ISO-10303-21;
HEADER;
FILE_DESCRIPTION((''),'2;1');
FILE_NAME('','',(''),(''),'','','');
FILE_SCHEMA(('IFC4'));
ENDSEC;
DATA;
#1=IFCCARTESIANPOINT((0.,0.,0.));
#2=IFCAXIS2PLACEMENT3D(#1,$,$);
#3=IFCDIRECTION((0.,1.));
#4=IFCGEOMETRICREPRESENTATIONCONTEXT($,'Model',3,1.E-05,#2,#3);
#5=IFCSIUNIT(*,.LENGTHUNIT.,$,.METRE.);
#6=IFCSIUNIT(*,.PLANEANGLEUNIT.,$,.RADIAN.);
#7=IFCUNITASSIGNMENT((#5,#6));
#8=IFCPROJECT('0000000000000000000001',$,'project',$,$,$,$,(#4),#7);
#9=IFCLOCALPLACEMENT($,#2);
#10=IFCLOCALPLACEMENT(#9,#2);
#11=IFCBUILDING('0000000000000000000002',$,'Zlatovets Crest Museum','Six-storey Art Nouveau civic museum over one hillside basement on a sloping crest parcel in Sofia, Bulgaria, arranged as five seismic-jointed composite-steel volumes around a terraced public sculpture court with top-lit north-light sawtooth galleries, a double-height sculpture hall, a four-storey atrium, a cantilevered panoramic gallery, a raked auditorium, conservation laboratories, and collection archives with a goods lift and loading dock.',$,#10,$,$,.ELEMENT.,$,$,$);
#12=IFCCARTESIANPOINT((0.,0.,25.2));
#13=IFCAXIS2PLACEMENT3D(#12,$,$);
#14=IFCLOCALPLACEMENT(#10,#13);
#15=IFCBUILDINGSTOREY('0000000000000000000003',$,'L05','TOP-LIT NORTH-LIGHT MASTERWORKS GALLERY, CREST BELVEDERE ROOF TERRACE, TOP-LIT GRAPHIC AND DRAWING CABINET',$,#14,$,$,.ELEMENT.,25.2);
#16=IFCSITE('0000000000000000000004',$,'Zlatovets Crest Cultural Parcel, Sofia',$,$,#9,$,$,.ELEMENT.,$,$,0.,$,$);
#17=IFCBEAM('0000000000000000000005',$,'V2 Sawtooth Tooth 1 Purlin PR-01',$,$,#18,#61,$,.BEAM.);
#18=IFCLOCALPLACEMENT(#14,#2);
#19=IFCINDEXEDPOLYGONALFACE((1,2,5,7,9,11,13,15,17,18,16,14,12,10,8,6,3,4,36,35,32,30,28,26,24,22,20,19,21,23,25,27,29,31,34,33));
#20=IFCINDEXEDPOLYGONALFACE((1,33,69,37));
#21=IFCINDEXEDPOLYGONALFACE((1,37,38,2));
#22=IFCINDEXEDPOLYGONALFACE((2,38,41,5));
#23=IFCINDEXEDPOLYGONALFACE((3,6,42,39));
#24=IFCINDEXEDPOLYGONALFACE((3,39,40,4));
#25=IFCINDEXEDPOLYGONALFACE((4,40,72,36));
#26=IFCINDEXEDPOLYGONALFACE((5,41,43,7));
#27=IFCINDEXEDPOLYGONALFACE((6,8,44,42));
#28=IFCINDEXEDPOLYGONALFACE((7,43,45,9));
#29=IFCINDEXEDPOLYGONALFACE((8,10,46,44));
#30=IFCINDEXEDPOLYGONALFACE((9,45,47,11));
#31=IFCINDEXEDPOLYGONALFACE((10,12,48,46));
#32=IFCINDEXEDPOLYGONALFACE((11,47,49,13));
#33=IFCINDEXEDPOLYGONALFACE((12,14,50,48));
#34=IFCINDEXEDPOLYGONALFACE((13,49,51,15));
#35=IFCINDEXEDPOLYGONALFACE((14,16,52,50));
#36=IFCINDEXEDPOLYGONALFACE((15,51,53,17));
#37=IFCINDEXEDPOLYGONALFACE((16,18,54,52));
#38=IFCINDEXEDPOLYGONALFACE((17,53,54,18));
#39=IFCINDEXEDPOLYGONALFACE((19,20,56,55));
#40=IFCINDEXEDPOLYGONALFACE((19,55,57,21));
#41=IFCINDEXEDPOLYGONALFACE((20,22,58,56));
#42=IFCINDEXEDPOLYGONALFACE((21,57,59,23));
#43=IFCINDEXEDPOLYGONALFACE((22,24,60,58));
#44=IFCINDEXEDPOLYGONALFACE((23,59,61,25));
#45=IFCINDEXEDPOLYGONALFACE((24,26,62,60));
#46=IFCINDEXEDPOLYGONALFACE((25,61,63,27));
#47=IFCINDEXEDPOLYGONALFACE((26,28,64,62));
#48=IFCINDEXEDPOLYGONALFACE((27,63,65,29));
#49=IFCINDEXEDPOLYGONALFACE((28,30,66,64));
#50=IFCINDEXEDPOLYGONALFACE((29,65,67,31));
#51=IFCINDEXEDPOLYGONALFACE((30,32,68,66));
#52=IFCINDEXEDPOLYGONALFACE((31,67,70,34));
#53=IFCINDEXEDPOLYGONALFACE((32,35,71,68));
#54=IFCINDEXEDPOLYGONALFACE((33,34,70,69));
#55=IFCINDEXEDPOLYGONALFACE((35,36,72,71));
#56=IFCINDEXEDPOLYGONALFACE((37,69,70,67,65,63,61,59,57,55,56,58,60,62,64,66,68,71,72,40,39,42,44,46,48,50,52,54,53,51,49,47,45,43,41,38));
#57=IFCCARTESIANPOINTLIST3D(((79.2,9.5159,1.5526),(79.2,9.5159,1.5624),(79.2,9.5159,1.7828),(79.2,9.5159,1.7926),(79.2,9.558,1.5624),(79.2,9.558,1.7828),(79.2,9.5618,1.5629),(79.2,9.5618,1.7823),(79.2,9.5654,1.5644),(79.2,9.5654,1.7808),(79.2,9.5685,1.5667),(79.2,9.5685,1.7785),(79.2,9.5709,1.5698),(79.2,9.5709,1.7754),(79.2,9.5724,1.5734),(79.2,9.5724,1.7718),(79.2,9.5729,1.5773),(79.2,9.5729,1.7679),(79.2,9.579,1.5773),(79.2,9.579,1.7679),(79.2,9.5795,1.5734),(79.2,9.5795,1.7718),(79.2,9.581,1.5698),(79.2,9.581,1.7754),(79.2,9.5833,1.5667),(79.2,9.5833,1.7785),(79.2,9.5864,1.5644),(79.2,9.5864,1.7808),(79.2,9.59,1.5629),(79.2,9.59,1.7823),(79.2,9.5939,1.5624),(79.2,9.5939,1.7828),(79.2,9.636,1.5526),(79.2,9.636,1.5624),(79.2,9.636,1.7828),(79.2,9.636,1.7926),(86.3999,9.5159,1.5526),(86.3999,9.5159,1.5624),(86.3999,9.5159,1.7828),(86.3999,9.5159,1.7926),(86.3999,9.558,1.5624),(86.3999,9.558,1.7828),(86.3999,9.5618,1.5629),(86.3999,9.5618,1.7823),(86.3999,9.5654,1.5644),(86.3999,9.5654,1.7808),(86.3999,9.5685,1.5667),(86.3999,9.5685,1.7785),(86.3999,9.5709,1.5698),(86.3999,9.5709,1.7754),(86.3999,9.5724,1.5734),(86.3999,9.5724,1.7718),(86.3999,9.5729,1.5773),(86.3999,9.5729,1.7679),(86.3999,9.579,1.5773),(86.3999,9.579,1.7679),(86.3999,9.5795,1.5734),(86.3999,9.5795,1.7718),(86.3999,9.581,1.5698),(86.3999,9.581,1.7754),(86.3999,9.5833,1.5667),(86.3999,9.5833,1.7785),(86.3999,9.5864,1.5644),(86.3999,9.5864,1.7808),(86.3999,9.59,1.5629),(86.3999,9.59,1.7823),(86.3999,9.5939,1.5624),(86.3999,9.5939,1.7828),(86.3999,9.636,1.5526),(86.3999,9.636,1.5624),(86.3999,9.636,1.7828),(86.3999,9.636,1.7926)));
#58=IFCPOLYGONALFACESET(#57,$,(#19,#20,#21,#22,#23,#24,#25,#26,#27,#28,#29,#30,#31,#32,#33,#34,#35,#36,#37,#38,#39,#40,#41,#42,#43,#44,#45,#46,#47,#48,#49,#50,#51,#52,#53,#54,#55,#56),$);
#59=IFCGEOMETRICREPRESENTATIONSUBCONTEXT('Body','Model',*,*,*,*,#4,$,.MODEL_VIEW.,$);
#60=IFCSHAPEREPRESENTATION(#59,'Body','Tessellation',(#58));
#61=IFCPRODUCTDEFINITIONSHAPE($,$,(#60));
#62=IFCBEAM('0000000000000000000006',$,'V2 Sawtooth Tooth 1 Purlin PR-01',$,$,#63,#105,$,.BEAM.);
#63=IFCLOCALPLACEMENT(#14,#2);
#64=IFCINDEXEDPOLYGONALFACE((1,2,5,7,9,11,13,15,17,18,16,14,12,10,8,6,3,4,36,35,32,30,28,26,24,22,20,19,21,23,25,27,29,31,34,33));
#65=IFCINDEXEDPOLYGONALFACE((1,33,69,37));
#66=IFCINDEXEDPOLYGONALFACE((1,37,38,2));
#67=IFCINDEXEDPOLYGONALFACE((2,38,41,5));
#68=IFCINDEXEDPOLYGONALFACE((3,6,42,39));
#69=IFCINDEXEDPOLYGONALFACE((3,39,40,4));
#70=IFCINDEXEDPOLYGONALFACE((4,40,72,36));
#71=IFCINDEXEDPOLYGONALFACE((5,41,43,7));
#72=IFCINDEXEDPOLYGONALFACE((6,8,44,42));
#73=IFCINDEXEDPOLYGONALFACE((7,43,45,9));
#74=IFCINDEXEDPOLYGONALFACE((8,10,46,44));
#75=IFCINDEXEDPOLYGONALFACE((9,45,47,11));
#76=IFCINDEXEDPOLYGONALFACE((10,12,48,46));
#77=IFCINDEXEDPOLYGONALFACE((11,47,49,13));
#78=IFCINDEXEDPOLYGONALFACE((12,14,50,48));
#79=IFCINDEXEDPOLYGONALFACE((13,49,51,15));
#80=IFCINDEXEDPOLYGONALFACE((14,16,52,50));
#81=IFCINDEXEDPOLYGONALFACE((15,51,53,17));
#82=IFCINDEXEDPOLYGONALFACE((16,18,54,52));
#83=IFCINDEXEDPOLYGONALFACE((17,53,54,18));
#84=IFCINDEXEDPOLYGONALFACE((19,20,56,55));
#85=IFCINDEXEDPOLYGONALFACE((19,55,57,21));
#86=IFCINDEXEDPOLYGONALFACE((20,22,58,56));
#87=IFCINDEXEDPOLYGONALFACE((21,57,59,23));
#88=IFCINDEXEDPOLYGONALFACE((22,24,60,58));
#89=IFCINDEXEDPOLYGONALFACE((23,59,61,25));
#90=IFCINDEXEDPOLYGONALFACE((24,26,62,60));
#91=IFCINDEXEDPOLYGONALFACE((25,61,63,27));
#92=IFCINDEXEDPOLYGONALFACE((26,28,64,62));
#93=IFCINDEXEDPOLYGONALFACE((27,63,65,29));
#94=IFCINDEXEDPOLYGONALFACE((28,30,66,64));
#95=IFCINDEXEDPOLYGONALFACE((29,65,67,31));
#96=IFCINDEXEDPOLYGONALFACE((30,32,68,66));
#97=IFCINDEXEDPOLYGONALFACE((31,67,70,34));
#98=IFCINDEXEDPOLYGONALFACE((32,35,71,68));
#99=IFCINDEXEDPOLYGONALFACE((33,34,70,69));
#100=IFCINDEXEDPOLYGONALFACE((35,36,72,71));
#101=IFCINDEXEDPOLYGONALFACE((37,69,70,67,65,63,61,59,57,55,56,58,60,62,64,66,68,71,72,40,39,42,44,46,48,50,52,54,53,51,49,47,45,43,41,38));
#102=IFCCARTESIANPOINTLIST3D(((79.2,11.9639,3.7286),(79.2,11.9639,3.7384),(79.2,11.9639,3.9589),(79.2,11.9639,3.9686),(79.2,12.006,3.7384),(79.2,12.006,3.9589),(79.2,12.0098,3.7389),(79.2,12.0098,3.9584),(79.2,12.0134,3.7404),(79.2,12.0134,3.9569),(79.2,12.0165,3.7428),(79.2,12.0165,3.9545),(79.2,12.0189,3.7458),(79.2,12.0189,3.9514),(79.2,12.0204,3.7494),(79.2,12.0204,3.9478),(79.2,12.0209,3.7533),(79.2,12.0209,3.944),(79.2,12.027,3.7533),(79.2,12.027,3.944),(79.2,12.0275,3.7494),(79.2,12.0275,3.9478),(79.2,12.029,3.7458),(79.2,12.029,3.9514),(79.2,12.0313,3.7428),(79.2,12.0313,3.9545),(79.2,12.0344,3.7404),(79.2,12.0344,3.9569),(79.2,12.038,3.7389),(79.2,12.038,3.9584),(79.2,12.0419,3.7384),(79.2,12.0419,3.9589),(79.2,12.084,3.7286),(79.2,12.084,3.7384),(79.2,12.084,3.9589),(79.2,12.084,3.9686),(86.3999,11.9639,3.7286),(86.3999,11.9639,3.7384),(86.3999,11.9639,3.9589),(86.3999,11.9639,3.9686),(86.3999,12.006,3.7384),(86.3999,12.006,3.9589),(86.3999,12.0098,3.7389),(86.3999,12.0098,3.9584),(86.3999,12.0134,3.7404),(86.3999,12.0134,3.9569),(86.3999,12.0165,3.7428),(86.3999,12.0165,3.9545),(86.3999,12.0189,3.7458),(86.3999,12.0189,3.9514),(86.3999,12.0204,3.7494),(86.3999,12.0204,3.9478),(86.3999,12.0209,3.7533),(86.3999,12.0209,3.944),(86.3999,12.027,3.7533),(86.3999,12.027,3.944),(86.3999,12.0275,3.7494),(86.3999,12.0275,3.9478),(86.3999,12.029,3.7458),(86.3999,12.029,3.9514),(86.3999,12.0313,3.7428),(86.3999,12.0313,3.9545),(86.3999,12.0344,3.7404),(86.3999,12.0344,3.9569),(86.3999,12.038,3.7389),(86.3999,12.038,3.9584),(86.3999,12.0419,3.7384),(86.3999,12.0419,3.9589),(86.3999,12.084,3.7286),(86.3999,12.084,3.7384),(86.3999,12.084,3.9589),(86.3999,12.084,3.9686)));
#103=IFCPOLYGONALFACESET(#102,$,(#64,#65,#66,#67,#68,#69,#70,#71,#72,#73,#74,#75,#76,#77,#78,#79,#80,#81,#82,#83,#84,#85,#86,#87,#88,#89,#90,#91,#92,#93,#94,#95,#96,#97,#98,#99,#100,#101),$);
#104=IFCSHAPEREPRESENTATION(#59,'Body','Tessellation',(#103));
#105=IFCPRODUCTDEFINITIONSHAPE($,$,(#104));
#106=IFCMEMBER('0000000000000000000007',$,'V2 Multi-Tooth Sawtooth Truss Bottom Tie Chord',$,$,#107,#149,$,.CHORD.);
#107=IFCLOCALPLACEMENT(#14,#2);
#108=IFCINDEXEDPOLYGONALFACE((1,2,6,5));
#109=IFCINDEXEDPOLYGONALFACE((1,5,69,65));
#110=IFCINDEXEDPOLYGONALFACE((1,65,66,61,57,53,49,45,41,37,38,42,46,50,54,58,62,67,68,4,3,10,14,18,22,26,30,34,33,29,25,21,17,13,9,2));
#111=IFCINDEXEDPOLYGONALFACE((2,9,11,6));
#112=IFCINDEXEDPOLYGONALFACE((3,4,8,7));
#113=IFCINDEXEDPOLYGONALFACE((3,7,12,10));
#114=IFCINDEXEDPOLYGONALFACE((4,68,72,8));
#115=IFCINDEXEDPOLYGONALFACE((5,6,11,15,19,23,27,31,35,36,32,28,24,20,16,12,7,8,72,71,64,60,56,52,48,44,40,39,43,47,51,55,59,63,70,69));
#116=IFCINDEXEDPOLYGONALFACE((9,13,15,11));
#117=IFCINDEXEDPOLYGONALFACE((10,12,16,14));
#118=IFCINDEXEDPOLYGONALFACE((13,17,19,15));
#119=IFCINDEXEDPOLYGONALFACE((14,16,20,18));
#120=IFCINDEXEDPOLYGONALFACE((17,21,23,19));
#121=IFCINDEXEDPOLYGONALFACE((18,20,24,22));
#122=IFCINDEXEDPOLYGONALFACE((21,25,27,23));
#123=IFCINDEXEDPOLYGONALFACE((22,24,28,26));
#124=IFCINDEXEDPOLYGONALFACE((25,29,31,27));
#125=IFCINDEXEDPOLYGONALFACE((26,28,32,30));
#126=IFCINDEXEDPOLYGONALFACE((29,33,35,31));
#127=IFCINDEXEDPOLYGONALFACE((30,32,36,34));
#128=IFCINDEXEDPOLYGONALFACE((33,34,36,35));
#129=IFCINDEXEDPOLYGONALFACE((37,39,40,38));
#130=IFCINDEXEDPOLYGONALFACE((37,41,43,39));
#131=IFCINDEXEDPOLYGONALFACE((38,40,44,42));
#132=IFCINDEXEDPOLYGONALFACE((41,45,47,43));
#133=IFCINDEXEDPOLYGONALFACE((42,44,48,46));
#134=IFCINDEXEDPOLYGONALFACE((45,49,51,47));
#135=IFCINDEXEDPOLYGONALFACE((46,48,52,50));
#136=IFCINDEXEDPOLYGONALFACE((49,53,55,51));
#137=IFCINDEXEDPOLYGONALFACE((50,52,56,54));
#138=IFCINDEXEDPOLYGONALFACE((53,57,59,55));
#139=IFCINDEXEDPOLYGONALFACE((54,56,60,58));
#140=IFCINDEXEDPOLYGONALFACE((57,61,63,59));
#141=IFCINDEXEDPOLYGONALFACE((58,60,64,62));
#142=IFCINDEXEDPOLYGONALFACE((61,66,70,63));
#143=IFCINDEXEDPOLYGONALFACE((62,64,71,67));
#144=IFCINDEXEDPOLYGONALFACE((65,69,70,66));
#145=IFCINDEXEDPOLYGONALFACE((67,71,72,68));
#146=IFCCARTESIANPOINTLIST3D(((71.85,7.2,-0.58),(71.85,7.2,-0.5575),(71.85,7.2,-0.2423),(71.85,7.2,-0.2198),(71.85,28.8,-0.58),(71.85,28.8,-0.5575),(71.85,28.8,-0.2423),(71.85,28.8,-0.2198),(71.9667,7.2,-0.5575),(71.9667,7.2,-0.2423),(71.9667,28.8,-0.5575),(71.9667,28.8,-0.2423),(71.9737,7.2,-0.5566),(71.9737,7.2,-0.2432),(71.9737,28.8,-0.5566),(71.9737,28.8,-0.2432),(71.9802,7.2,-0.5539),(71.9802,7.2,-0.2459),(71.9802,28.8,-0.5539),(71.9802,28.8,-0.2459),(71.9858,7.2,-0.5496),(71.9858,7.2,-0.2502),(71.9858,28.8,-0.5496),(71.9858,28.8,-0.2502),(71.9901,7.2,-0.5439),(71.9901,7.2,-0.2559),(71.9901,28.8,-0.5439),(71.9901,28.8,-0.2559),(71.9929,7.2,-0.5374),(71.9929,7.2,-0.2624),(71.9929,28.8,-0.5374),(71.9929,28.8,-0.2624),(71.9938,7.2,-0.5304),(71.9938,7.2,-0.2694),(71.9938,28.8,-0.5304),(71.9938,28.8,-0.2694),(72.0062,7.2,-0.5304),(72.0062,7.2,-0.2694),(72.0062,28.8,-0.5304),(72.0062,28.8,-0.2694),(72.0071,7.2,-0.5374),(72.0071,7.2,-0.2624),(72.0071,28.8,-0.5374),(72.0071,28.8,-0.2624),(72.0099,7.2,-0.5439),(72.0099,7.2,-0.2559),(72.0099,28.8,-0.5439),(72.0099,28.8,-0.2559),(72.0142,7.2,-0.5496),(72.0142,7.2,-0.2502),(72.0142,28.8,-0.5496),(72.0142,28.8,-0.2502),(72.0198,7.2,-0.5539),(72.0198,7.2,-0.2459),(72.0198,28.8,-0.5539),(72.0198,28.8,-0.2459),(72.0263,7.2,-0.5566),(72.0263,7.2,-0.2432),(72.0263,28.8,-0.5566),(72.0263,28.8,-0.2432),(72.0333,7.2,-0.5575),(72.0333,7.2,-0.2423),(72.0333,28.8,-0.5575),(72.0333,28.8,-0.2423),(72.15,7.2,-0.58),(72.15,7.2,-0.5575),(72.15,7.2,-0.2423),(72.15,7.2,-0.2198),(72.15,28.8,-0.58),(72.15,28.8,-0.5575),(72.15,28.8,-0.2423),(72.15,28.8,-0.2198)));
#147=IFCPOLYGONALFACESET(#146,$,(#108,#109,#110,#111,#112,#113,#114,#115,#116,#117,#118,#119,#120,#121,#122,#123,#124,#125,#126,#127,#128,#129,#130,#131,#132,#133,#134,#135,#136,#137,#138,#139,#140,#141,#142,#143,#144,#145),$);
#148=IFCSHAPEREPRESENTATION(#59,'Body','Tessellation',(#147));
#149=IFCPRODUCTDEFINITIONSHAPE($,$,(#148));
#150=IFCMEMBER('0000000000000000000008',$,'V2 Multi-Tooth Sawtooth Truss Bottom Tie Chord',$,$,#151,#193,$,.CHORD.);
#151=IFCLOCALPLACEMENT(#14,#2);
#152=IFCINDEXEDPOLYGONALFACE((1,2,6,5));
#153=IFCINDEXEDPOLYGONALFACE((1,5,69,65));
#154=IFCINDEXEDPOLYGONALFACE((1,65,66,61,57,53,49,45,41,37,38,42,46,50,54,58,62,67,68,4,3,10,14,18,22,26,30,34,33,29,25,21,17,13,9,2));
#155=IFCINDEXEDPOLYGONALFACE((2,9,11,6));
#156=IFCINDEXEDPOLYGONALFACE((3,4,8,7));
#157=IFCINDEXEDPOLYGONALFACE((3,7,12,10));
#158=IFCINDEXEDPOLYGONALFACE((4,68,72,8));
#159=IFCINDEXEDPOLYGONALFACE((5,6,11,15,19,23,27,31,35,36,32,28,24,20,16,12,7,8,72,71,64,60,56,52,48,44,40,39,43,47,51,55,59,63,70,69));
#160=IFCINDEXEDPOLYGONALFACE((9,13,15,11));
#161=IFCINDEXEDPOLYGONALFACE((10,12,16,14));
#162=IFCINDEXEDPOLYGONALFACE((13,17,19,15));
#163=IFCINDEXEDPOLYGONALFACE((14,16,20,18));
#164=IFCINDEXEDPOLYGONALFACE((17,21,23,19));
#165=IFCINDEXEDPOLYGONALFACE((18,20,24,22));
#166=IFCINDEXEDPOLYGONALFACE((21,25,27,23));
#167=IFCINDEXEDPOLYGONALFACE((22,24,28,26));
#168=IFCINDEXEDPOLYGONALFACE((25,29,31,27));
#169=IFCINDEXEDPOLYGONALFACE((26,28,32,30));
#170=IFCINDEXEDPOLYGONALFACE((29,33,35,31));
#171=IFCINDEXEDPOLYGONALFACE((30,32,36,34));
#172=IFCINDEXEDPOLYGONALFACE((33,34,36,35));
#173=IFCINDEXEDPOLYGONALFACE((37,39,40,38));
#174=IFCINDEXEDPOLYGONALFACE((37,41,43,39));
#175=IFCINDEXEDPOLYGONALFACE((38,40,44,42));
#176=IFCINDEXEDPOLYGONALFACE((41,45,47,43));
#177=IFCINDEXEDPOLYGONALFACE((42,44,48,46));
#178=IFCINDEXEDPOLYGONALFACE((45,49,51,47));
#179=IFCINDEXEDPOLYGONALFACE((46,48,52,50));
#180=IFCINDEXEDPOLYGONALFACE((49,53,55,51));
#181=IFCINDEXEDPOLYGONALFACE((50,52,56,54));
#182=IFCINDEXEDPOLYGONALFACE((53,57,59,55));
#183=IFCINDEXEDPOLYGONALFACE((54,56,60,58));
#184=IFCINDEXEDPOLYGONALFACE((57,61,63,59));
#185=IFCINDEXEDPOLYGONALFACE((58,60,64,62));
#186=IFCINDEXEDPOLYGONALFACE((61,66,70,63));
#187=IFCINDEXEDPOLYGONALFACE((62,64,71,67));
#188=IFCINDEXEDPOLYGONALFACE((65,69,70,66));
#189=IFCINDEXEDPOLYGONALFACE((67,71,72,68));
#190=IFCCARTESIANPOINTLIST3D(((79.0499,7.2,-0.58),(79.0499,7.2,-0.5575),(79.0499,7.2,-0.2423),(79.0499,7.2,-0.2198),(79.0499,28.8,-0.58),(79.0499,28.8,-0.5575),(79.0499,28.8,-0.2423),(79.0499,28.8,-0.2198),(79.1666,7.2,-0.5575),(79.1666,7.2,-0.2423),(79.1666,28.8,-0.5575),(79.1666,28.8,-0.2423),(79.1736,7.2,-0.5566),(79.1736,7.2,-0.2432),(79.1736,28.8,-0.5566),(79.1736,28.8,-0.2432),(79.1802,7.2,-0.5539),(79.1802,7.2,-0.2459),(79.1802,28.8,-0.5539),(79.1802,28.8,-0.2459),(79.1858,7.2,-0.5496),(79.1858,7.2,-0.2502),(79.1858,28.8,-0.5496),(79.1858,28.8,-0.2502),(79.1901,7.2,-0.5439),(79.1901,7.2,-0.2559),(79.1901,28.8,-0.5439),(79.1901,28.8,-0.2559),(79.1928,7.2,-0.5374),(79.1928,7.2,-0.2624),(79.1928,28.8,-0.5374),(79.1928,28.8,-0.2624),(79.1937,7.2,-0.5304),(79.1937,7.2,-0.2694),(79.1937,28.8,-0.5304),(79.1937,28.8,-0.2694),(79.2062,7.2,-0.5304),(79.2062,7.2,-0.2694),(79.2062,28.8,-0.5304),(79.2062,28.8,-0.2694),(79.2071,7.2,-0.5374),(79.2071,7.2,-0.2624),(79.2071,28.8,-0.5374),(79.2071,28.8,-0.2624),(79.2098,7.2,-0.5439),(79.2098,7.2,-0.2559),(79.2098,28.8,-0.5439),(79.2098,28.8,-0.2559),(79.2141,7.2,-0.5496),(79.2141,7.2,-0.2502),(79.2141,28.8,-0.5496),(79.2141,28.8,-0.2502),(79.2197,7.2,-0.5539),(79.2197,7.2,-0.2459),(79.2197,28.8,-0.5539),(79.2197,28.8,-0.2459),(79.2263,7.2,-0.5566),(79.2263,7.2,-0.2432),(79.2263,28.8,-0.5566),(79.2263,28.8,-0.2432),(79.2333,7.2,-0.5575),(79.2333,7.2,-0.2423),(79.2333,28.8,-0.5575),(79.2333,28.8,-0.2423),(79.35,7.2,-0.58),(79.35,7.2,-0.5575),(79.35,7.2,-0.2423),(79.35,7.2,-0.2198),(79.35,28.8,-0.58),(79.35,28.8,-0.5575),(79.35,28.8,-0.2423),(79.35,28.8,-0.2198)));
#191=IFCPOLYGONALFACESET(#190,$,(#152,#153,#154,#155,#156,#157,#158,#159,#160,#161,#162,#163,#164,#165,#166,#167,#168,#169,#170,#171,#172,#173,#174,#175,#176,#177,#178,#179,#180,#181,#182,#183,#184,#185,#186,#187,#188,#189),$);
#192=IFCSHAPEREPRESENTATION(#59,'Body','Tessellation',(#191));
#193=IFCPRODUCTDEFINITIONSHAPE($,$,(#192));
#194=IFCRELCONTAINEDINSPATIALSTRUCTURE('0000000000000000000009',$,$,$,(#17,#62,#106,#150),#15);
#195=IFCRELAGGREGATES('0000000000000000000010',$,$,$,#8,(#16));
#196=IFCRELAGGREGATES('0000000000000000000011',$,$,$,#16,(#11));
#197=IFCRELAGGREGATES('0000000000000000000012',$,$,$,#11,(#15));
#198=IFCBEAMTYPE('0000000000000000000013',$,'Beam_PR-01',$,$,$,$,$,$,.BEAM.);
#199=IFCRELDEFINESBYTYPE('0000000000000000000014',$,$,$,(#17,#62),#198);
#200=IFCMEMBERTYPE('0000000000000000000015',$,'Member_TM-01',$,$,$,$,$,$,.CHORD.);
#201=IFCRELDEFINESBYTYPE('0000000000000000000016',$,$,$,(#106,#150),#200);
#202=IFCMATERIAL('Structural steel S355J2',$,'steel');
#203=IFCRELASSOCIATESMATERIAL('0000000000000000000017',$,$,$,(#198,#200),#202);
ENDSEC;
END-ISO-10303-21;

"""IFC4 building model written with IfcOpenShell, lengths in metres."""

from ifc_helpers import new_model, si_unit, direction, frame, origin, origin_2d, place, context, subcontext, project, spatial, i_section, extrude, material, material_profile, profile_set, type_object, element, save


model = new_model("IFC4")

# Units and contexts
model_context = context("Model", 3, precision=1e-05, world=origin(), true_north=direction((0.0, 1.0)))
body_context = subcontext(model_context, "Body", "Model", "MODEL_VIEW")
ifc_project = project(units=[si_unit("LENGTHUNIT", "METRE"), si_unit("PLANEANGLEUNIT", "RADIAN")], contexts=[model_context])

# Site, building, storey
site_placement = place(None, origin())
site = spatial("IfcSite", under=ifc_project, at=site_placement, Name="Zlatovets Crest Cultural Parcel, Sofia", CompositionType="ELEMENT", RefElevation=0.0)
building_placement = place(site_placement, origin())
building = spatial("IfcBuilding", under=site, at=building_placement, Name="Zlatovets Crest Museum", Description="Six-storey Art Nouveau civic museum over one hillside basement on a sloping crest parcel in Sofia, Bulgaria, arranged as five seismic-jointed composite-steel volumes around a terraced public sculpture court with top-lit north-light sawtooth galleries, a double-height sculpture hall, a four-storey atrium, a cantilevered panoramic gallery, a raked auditorium, conservation laboratories, and collection archives with a goods lift and loading dock.", CompositionType="ELEMENT")
storey_placement = place(building_placement, frame((0.0, 0.0, 25.2)))
storey = spatial("IfcBuildingStorey", under=building, at=storey_placement, Name="L05", Description="TOP-LIT NORTH-LIGHT MASTERWORKS GALLERY, CREST BELVEDERE ROOF TERRACE, TOP-LIT GRAPHIC AND DRAWING CABINET", CompositionType="ELEMENT", Elevation=25.2)

# Beams
ifc_material_1 = material(Name="Structural steel S355J2", Category="steel")
ifc_material_profile_1 = material_profile(ifc_material_1, i_section(OverallWidth=0.1201, OverallDepth=0.24, WebThickness=0.0061, FlangeThickness=0.0098, FilletRadius=0.0149, at=origin_2d()), Name="IPE 240")
ifc_profile_set_1 = profile_set([ifc_material_profile_1], Name="Structural steel S355J2")
beam_type_1 = type_object("IfcBeamType", Name="Beam_PR-01", PredefinedType="BEAM", material=ifc_profile_set_1)
for number, where, z_axis, x_axis, name in (
    (1, (79.2, 9.5759, 1.6726), (1.0, 0.0, 0.0), (0.0, 1.0, 0.0), "V2 Sawtooth Tooth 1 Purlin PR-01"),
    (2, (79.2, 12.0239, 3.8486), (1.0, 0.0, 0.0), (0.0, 1.0, 0.0), "V2 Sawtooth Tooth 1 Purlin PR-01"),
):
    element("IfcBeam", number, at=place(storey_placement, frame(where, z_axis=z_axis, x_axis=x_axis)), inside=storey, type_object=beam_type_1, Name=name, PredefinedType="BEAM", context=body_context, shape_type="SweptSolid", body=[
        extrude(i_section(OverallWidth=0.1201, OverallDepth=0.24, WebThickness=0.0061, FlangeThickness=0.0098, FilletRadius=0.0149, at=origin_2d()), origin(), (0.0, 0.0, 1.0), 7.2),
    ])

# Members
ifc_material_profile_2 = material_profile(ifc_material_1, i_section(OverallWidth=0.3, OverallDepth=0.3601, WebThickness=0.0125, FlangeThickness=0.0225, FilletRadius=0.0271, at=origin_2d()), Name="HEB 360")
ifc_profile_set_2 = profile_set([ifc_material_profile_2], Name="Structural steel S355J2")
member_type_1 = type_object("IfcMemberType", Name="Member_TM-01", PredefinedType="CHORD", material=ifc_profile_set_2)
for number, where, z_axis, x_axis, name in (
    (3, (72.0, 7.2, -0.3999), (0.0, 1.0, 0.0), (-1.0, 0.0, 0.0), "V2 Multi-Tooth Sawtooth Truss Bottom Tie Chord"),
    (4, (79.2, 7.2, -0.3999), (0.0, 1.0, 0.0), (-1.0, 0.0, 0.0), "V2 Multi-Tooth Sawtooth Truss Bottom Tie Chord"),
):
    element("IfcMember", number, at=place(storey_placement, frame(where, z_axis=z_axis, x_axis=x_axis)), inside=storey, type_object=member_type_1, Name=name, PredefinedType="CHORD", context=body_context, shape_type="SweptSolid", body=[
        extrude(i_section(OverallWidth=0.3, OverallDepth=0.3601, WebThickness=0.0125, FlangeThickness=0.0225, FilletRadius=0.0271, at=origin_2d()), origin(), (0.0, 0.0, 1.0), 21.6001),
    ])

save(model, "model.ifc")
